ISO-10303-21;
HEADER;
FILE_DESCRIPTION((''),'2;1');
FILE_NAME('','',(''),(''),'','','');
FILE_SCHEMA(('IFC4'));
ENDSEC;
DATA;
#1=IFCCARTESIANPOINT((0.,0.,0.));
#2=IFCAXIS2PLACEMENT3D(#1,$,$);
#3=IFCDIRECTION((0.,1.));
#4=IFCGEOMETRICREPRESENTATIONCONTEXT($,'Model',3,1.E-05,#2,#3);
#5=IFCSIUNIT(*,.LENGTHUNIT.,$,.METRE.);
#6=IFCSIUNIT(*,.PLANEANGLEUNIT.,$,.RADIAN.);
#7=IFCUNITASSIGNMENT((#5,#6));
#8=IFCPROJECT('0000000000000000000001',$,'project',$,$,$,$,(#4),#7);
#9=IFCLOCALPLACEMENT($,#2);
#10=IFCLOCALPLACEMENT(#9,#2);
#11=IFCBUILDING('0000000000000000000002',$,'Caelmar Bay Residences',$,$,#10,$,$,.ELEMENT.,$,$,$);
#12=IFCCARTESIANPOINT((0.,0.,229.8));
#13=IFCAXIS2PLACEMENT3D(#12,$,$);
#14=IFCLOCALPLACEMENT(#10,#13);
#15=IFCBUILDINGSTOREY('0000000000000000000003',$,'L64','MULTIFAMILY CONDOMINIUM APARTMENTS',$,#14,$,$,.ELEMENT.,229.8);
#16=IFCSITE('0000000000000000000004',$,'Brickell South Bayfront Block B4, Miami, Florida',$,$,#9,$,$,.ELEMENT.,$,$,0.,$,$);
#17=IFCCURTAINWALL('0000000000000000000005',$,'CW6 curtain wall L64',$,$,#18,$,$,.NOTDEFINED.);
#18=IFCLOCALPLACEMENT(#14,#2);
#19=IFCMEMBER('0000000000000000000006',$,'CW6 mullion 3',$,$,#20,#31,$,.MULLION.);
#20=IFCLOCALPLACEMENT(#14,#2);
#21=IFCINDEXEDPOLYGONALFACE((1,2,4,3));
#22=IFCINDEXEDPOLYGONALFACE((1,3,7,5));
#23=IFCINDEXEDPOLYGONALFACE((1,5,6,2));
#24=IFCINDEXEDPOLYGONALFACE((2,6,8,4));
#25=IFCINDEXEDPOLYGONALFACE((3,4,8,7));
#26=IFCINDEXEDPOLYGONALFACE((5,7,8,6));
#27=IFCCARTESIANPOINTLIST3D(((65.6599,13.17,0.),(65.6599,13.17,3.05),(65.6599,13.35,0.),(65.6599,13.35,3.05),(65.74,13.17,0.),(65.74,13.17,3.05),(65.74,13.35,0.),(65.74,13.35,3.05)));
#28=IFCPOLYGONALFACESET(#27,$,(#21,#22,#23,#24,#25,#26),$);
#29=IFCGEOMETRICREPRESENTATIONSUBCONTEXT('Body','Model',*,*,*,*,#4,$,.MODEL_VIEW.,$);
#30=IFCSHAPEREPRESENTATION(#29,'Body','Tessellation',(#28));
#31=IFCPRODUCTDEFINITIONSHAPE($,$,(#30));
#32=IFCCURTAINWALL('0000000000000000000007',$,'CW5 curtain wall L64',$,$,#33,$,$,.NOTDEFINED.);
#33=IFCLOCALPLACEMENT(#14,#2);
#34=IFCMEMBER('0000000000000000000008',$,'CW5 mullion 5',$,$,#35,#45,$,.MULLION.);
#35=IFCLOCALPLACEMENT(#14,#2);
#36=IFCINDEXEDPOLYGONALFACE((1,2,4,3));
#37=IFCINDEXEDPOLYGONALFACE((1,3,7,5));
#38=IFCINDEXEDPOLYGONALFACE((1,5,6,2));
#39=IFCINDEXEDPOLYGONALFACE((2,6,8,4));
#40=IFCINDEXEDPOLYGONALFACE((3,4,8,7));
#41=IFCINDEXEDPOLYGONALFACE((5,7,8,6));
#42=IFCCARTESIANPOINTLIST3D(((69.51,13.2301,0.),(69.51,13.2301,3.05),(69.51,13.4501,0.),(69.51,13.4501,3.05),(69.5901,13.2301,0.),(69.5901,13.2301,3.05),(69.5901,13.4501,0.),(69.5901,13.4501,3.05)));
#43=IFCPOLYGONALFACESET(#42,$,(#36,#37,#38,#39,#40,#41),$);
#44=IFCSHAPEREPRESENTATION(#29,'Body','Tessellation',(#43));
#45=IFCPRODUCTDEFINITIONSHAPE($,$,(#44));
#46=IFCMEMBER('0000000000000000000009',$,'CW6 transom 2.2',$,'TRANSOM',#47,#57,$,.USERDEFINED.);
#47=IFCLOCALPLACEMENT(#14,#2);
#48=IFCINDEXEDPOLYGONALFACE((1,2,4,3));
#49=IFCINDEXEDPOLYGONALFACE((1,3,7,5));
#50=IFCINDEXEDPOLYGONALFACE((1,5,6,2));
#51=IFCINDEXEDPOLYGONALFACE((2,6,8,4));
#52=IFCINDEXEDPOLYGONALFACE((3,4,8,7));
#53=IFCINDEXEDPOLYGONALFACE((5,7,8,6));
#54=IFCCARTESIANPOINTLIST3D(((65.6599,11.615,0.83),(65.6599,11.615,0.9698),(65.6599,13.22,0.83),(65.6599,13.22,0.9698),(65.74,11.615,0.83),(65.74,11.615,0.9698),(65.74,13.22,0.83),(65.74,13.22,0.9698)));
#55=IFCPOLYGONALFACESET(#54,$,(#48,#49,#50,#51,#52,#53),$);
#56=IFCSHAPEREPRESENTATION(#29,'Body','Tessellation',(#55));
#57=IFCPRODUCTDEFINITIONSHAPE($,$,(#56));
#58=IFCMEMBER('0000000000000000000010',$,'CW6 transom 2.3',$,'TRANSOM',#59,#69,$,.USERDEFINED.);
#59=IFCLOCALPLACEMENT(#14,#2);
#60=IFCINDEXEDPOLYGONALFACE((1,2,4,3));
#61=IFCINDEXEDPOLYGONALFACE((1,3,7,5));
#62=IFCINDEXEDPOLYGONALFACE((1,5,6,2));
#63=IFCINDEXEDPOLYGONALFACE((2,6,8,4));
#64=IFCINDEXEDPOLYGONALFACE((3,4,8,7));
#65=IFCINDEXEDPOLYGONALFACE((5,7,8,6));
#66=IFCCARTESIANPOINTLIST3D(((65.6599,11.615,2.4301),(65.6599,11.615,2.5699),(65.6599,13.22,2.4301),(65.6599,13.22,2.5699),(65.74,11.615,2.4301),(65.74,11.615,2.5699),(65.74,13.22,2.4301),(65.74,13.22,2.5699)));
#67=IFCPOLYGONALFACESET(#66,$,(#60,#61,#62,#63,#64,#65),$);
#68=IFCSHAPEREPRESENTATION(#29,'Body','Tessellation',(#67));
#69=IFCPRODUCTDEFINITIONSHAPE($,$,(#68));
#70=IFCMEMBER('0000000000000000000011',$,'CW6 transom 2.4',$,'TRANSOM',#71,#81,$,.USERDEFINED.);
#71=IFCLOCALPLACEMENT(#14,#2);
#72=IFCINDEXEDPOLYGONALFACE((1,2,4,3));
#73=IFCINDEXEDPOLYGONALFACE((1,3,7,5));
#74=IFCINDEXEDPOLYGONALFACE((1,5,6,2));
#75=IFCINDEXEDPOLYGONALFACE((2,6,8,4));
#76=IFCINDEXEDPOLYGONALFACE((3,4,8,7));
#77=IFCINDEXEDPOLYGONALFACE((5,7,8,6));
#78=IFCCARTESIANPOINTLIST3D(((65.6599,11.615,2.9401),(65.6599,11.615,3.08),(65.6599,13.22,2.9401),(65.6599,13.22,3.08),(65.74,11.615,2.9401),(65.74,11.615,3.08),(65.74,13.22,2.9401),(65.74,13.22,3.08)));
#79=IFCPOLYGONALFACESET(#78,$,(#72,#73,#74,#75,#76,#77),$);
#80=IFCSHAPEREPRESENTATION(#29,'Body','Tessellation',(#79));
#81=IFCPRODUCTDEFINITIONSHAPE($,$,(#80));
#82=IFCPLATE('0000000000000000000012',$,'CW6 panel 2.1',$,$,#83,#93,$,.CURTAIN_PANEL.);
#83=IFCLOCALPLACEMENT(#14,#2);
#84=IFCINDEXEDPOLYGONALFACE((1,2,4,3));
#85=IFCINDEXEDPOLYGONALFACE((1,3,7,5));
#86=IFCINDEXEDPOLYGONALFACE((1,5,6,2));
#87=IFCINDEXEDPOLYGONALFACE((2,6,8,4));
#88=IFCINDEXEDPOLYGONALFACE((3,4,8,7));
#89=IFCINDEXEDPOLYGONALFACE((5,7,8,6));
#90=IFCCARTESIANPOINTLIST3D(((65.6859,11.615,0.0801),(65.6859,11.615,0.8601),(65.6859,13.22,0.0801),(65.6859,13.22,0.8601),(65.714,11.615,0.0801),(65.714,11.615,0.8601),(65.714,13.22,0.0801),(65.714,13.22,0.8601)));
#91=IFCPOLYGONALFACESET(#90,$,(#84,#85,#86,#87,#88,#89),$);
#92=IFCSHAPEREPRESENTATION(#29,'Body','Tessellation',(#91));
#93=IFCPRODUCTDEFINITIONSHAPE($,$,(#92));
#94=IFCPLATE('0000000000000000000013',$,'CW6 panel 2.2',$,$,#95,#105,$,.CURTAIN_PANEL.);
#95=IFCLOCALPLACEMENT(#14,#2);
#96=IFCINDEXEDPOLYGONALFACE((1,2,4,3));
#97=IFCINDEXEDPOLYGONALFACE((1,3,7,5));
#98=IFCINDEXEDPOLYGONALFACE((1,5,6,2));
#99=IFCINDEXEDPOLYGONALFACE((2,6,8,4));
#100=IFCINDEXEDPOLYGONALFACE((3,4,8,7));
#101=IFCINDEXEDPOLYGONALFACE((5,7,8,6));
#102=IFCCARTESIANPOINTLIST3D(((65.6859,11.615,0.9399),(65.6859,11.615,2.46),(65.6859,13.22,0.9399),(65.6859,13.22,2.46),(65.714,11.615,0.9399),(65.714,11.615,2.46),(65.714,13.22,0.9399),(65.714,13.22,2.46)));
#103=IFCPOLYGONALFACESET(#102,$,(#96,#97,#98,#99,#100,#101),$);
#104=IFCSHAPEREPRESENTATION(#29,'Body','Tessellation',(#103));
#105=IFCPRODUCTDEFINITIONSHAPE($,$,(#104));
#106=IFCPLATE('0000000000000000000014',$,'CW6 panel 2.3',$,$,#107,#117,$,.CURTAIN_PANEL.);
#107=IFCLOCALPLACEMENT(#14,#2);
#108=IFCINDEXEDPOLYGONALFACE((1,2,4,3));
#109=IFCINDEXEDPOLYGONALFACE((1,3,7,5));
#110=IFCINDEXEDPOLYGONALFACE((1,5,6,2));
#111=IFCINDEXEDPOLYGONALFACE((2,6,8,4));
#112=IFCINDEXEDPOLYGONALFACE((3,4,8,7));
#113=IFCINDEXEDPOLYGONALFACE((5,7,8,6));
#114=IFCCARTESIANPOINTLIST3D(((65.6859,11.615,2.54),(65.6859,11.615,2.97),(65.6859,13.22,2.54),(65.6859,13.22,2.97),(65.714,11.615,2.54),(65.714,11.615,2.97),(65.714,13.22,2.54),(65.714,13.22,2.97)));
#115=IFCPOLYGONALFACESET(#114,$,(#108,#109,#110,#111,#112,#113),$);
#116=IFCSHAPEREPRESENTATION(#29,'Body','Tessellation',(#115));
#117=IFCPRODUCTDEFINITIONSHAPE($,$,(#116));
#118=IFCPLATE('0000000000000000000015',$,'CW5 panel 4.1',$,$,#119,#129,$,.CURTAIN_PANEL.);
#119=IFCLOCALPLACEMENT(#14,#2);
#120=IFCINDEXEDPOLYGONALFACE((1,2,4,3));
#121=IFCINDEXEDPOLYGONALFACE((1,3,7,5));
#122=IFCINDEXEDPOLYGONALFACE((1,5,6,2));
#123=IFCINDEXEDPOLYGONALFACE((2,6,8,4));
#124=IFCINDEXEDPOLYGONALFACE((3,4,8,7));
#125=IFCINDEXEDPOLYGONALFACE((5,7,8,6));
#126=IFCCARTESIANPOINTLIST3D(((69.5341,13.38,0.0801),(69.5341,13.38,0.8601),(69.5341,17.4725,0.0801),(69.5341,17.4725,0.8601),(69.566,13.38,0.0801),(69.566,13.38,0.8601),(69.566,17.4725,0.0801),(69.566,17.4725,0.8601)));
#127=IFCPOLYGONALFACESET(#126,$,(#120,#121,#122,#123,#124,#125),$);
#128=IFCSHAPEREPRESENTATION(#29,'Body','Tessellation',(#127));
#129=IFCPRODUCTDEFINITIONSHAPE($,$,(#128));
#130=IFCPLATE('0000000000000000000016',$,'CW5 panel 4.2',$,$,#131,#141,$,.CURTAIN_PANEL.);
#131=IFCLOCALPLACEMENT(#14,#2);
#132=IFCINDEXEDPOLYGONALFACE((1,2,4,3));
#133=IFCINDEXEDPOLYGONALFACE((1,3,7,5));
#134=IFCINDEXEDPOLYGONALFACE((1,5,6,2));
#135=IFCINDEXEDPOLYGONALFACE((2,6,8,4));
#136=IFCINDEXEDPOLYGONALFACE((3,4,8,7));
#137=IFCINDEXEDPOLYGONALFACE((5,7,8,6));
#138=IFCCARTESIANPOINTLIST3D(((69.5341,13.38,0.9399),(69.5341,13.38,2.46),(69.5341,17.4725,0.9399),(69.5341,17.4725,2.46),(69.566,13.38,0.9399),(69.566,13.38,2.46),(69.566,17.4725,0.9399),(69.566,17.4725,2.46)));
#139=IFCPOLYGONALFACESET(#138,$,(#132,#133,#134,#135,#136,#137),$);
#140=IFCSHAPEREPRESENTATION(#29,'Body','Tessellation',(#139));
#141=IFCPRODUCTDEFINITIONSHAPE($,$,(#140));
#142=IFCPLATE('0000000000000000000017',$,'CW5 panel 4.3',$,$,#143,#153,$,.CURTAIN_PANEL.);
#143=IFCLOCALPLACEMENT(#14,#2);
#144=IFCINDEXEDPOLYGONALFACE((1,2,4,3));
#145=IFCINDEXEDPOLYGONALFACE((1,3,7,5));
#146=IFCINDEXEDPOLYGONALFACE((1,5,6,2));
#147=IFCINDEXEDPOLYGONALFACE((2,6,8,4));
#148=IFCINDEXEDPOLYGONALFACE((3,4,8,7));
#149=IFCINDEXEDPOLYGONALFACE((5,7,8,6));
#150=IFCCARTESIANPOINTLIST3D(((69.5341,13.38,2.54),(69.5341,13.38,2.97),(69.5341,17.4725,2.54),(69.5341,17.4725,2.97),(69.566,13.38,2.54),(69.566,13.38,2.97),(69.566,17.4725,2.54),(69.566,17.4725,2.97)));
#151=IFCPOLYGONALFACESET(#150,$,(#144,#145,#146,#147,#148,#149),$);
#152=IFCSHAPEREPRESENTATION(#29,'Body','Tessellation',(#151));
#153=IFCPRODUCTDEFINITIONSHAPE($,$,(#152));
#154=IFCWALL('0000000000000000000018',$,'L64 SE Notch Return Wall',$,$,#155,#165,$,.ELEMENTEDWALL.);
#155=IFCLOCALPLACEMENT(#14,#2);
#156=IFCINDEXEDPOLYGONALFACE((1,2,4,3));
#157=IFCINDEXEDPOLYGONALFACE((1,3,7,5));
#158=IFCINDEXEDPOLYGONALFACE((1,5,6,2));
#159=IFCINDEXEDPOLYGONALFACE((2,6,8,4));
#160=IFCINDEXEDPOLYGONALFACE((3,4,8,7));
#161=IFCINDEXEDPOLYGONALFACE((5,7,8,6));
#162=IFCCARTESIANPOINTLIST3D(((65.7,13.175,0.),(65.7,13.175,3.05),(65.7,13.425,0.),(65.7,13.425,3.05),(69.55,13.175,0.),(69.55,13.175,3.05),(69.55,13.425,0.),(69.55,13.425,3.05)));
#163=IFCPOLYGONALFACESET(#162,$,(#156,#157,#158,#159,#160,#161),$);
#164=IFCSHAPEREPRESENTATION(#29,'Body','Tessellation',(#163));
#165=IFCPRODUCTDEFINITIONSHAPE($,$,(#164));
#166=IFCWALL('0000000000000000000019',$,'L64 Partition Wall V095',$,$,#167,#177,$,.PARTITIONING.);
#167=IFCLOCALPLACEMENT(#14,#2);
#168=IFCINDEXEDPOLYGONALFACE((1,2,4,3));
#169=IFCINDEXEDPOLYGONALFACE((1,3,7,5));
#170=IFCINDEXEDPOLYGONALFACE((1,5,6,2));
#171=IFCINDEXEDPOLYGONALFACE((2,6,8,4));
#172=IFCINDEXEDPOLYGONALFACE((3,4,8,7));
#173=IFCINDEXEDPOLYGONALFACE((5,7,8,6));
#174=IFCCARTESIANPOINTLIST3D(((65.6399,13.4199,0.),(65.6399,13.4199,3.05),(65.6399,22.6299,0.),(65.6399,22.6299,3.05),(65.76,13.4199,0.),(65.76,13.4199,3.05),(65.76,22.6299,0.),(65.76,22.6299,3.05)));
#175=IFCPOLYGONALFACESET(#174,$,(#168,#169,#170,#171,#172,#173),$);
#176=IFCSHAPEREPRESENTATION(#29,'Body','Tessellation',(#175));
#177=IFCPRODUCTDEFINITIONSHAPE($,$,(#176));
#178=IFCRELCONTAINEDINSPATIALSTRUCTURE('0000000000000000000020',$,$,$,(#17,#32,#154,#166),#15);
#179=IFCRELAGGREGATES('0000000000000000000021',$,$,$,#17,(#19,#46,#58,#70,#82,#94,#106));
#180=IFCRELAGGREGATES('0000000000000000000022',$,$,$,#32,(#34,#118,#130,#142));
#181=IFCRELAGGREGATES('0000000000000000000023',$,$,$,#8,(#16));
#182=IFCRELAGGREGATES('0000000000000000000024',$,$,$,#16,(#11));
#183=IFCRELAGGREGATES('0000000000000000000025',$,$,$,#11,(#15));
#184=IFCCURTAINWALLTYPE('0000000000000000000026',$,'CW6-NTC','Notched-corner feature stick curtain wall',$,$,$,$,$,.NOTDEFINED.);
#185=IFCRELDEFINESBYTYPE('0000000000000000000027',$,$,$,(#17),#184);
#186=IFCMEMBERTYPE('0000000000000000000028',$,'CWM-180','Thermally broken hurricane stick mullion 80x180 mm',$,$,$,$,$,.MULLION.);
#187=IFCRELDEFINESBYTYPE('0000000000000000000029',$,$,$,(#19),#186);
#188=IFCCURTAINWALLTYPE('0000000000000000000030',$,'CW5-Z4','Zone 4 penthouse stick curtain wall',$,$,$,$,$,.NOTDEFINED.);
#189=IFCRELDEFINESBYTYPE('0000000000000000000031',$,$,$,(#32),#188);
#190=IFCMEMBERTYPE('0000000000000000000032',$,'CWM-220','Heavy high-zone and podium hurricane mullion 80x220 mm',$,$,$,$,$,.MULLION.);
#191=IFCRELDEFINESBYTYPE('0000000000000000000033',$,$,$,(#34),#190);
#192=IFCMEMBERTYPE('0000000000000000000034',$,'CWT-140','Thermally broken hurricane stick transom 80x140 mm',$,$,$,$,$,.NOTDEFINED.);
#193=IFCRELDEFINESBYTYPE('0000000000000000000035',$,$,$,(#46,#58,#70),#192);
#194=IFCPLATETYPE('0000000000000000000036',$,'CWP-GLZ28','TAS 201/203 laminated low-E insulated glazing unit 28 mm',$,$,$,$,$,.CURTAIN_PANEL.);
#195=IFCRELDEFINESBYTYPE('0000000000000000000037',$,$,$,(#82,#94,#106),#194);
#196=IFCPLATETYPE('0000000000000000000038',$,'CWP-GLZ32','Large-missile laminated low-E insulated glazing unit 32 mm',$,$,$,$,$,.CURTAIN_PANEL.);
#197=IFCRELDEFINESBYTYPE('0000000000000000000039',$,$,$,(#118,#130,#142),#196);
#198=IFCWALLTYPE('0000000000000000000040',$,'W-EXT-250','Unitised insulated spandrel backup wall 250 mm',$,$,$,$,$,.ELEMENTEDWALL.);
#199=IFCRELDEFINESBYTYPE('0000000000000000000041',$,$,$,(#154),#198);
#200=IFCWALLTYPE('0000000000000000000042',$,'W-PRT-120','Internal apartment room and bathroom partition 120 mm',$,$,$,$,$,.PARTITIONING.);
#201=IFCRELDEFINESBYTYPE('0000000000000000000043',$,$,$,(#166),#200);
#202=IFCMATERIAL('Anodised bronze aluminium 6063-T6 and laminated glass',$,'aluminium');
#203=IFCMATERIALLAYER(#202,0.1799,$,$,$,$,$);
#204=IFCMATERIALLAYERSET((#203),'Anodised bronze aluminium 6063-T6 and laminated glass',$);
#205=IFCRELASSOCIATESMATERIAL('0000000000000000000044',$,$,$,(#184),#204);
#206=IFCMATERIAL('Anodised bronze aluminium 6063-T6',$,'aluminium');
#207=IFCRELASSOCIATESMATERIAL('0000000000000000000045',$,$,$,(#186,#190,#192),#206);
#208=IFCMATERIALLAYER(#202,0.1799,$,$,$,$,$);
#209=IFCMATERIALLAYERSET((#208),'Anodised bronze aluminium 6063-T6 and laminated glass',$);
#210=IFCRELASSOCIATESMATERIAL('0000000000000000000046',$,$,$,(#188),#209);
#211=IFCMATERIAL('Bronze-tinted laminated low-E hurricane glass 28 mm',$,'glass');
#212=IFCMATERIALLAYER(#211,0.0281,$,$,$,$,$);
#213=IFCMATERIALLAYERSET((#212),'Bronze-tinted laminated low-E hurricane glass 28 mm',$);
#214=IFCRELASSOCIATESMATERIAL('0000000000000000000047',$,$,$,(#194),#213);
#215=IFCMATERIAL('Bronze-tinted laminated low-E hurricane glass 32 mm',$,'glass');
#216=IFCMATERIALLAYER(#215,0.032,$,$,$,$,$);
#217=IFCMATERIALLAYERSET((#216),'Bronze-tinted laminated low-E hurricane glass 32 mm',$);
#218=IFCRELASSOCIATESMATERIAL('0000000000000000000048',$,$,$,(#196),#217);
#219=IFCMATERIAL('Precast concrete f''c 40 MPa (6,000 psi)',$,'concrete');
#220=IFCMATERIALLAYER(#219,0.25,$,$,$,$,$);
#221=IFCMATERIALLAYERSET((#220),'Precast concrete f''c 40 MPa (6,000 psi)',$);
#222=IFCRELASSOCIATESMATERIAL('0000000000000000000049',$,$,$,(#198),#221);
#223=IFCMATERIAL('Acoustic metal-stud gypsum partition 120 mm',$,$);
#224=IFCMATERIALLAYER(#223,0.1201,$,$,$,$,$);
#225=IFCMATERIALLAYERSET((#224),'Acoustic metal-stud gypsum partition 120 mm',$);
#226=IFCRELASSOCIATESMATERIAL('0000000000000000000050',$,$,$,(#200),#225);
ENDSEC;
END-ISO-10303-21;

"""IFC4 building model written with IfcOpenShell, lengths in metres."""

from ifc_helpers import new_model, si_unit, direction, frame, frame_2d, origin, origin_2d, place, context, subcontext, project, spatial, rectangle, extrude, material, layer, layer_set, material_profile, profile_set, type_object, element, aggregate, save


model = new_model("IFC4")

# Units and contexts
model_context = context("Model", 3, precision=1e-05, world=origin(), true_north=direction((0.0, 1.0)))
body_context = subcontext(model_context, "Body", "Model", "MODEL_VIEW")
ifc_project = project(units=[si_unit("LENGTHUNIT", "METRE"), si_unit("PLANEANGLEUNIT", "RADIAN")], contexts=[model_context])

# Site, building, storey
site_placement = place(None, origin())
site = spatial("IfcSite", under=ifc_project, at=site_placement, Name="Brickell South Bayfront Block B4, Miami, Florida", CompositionType="ELEMENT", RefElevation=0.0)
building_placement = place(site_placement, origin())
building = spatial("IfcBuilding", under=site, at=building_placement, Name="Caelmar Bay Residences", CompositionType="ELEMENT")
storey_placement = place(building_placement, frame((0.0, 0.0, 229.8)))
storey = spatial("IfcBuildingStorey", under=building, at=storey_placement, Name="L64", Description="MULTIFAMILY CONDOMINIUM APARTMENTS", CompositionType="ELEMENT", Elevation=229.8)

# Curtain walls, members
ifc_material_1 = material(Name="Anodised bronze aluminium 6063-T6 and laminated glass", Category="aluminium")
ifc_layer_1 = layer(ifc_material_1, 0.1799)
ifc_layer_set_1 = layer_set([ifc_layer_1], Name="Anodised bronze aluminium 6063-T6 and laminated glass")
curtain_wall_type_1 = type_object("IfcCurtainWallType", Name="CW6-NTC", Description="Notched-corner feature stick curtain wall", PredefinedType="NOTDEFINED", material=ifc_layer_set_1)
curtain_wall_1_placement = place(storey_placement, origin())
curtain_wall_1 = element("IfcCurtainWall", 1, at=curtain_wall_1_placement, inside=storey, type_object=curtain_wall_type_1, Name="CW6 curtain wall L64", PredefinedType="NOTDEFINED")
ifc_material_2 = material(Name="Anodised bronze aluminium 6063-T6", Category="aluminium")
ifc_material_profile_1 = material_profile(ifc_material_2, rectangle(XDim=0.0801, YDim=0.1799, at=origin_2d()), Name="CWM-80X180")
ifc_profile_set_1 = profile_set([ifc_material_profile_1], Name="Anodised bronze aluminium 6063-T6")
member_type_1 = type_object("IfcMemberType", Name="CWM-180", Description="Thermally broken hurricane stick mullion 80x180 mm", PredefinedType="MULLION", material=ifc_profile_set_1)
member_1_placement = place(storey_placement, frame((65.7, 13.26, 0.0), z_axis=(0.0, 0.0, 1.0), x_axis=(-1.0, 0.0, 0.0)))
member_1 = element("IfcMember", 2, at=member_1_placement, type_object=member_type_1, Name="CW6 mullion 3", PredefinedType="MULLION", context=body_context, shape_type="SweptSolid", body=[
    extrude(rectangle(XDim=0.0801, YDim=0.1799, at=origin_2d()), origin(), (0.0, 0.0, 1.0), 3.05),
])
ifc_layer_2 = layer(ifc_material_1, 0.1799)
ifc_layer_set_2 = layer_set([ifc_layer_2], Name="Anodised bronze aluminium 6063-T6 and laminated glass")
curtain_wall_type_2 = type_object("IfcCurtainWallType", Name="CW5-Z4", Description="Zone 4 penthouse stick curtain wall", PredefinedType="NOTDEFINED", material=ifc_layer_set_2)
curtain_wall_2_placement = place(storey_placement, origin())
curtain_wall_2 = element("IfcCurtainWall", 3, at=curtain_wall_2_placement, inside=storey, type_object=curtain_wall_type_2, Name="CW5 curtain wall L64", PredefinedType="NOTDEFINED")
ifc_material_profile_2 = material_profile(ifc_material_2, rectangle(XDim=0.0801, YDim=0.22, at=origin_2d()), Name="CWM-80X220")
ifc_profile_set_2 = profile_set([ifc_material_profile_2], Name="Anodised bronze aluminium 6063-T6")
member_type_2 = type_object("IfcMemberType", Name="CWM-220", Description="Heavy high-zone and podium hurricane mullion 80x220 mm", PredefinedType="MULLION", material=ifc_profile_set_2)
member_2_placement = place(storey_placement, frame((69.55, 13.3401, 0.0), z_axis=(0.0, 0.0, 1.0), x_axis=(1.0, 0.0, 0.0)))
member_2 = element("IfcMember", 4, at=member_2_placement, type_object=member_type_2, Name="CW5 mullion 5", PredefinedType="MULLION", context=body_context, shape_type="SweptSolid", body=[
    extrude(rectangle(XDim=0.0801, YDim=0.22, at=origin_2d()), origin(), (0.0, 0.0, 1.0), 3.05),
])

# Members
ifc_material_profile_3 = material_profile(ifc_material_2, rectangle(XDim=0.0801, YDim=0.1399, at=origin_2d()), Name="CWT-80X140")
ifc_profile_set_3 = profile_set([ifc_material_profile_3], Name="Anodised bronze aluminium 6063-T6")
member_type_3 = type_object("IfcMemberType", Name="CWT-140", Description="Thermally broken hurricane stick transom 80x140 mm", PredefinedType="NOTDEFINED", material=ifc_profile_set_3)
member_3_placement = place(storey_placement, frame((65.7, 11.615, 0.8999), z_axis=(0.0, 1.0, 0.0), x_axis=(-1.0, 0.0, 0.0)))
member_3 = element("IfcMember", 5, at=member_3_placement, type_object=member_type_3, Name="CW6 transom 2.2", ObjectType="TRANSOM", PredefinedType="USERDEFINED", context=body_context, shape_type="SweptSolid", body=[
    extrude(rectangle(XDim=0.0801, YDim=0.1399, at=origin_2d()), origin(), (0.0, 0.0, 1.0), 1.605),
])
member_4_placement = place(storey_placement, frame((65.7, 11.615, 2.5), z_axis=(0.0, 1.0, 0.0), x_axis=(-1.0, 0.0, 0.0)))
member_4 = element("IfcMember", 6, at=member_4_placement, type_object=member_type_3, Name="CW6 transom 2.3", ObjectType="TRANSOM", PredefinedType="USERDEFINED", context=body_context, shape_type="SweptSolid", body=[
    extrude(rectangle(XDim=0.0801, YDim=0.1399, at=origin_2d()), origin(), (0.0, 0.0, 1.0), 1.605),
])
member_5_placement = place(storey_placement, frame((65.7, 11.615, 3.01), z_axis=(0.0, 1.0, 0.0), x_axis=(-1.0, 0.0, 0.0)))
member_5 = element("IfcMember", 7, at=member_5_placement, type_object=member_type_3, Name="CW6 transom 2.4", ObjectType="TRANSOM", PredefinedType="USERDEFINED", context=body_context, shape_type="SweptSolid", body=[
    extrude(rectangle(XDim=0.0801, YDim=0.1399, at=origin_2d()), origin(), (0.0, 0.0, 1.0), 1.605),
])

# Plates
ifc_material_3 = material(Name="Bronze-tinted laminated low-E hurricane glass 28 mm", Category="glass")
ifc_layer_3 = layer(ifc_material_3, 0.0281)
ifc_layer_set_3 = layer_set([ifc_layer_3], Name="Bronze-tinted laminated low-E hurricane glass 28 mm")
plate_type_1 = type_object("IfcPlateType", Name="CWP-GLZ28", Description="TAS 201/203 laminated low-E insulated glazing unit 28 mm", PredefinedType="CURTAIN_PANEL", material=ifc_layer_set_3)
plate_1_placement = place(storey_placement, frame((65.7, 12.4175, 0.0801), z_axis=(0.0, 0.0, 1.0), x_axis=(0.0, 1.0, 0.0)))
plate_1 = element("IfcPlate", 8, at=plate_1_placement, type_object=plate_type_1, Name="CW6 panel 2.1", PredefinedType="CURTAIN_PANEL", context=body_context, shape_type="SweptSolid", body=[
    extrude(rectangle(XDim=1.605, YDim=0.0281, at=origin_2d()), origin(), (0.0, 0.0, 1.0), 0.78),
])
plate_2_placement = place(storey_placement, frame((65.7, 12.4175, 0.9399), z_axis=(0.0, 0.0, 1.0), x_axis=(0.0, 1.0, 0.0)))
plate_2 = element("IfcPlate", 9, at=plate_2_placement, type_object=plate_type_1, Name="CW6 panel 2.2", PredefinedType="CURTAIN_PANEL", context=body_context, shape_type="SweptSolid", body=[
    extrude(rectangle(XDim=1.605, YDim=0.0281, at=origin_2d()), origin(), (0.0, 0.0, 1.0), 1.52),
])
plate_3_placement = place(storey_placement, frame((65.7, 12.4175, 2.54), z_axis=(0.0, 0.0, 1.0), x_axis=(0.0, 1.0, 0.0)))
plate_3 = element("IfcPlate", 10, at=plate_3_placement, type_object=plate_type_1, Name="CW6 panel 2.3", PredefinedType="CURTAIN_PANEL", context=body_context, shape_type="SweptSolid", body=[
    extrude(rectangle(XDim=1.605, YDim=0.0281, at=origin_2d()), origin(), (0.0, 0.0, 1.0), 0.4299),
])
aggregate(curtain_wall_1, [member_1, member_3, member_4, member_5, plate_1, plate_2, plate_3])
ifc_material_4 = material(Name="Bronze-tinted laminated low-E hurricane glass 32 mm", Category="glass")
ifc_layer_4 = layer(ifc_material_4, 0.032)
ifc_layer_set_4 = layer_set([ifc_layer_4], Name="Bronze-tinted laminated low-E hurricane glass 32 mm")
plate_type_2 = type_object("IfcPlateType", Name="CWP-GLZ32", Description="Large-missile laminated low-E insulated glazing unit 32 mm", PredefinedType="CURTAIN_PANEL", material=ifc_layer_set_4)
plate_4_placement = place(storey_placement, frame((69.55, 15.4263, 0.0801), z_axis=(0.0, 0.0, 1.0), x_axis=(0.0, -1.0, 0.0)))
plate_4 = element("IfcPlate", 11, at=plate_4_placement, type_object=plate_type_2, Name="CW5 panel 4.1", PredefinedType="CURTAIN_PANEL", context=body_context, shape_type="SweptSolid", body=[
    extrude(rectangle(XDim=4.0925, YDim=0.032, at=origin_2d()), origin(), (0.0, 0.0, 1.0), 0.78),
])
plate_5_placement = place(storey_placement, frame((69.55, 15.4263, 0.9399), z_axis=(0.0, 0.0, 1.0), x_axis=(0.0, -1.0, 0.0)))
plate_5 = element("IfcPlate", 12, at=plate_5_placement, type_object=plate_type_2, Name="CW5 panel 4.2", PredefinedType="CURTAIN_PANEL", context=body_context, shape_type="SweptSolid", body=[
    extrude(rectangle(XDim=4.0925, YDim=0.032, at=origin_2d()), origin(), (0.0, 0.0, 1.0), 1.52),
])
plate_6_placement = place(storey_placement, frame((69.55, 15.4263, 2.54), z_axis=(0.0, 0.0, 1.0), x_axis=(0.0, -1.0, 0.0)))
plate_6 = element("IfcPlate", 13, at=plate_6_placement, type_object=plate_type_2, Name="CW5 panel 4.3", PredefinedType="CURTAIN_PANEL", context=body_context, shape_type="SweptSolid", body=[
    extrude(rectangle(XDim=4.0925, YDim=0.032, at=origin_2d()), origin(), (0.0, 0.0, 1.0), 0.4299),
])
aggregate(curtain_wall_2, [member_2, plate_4, plate_5, plate_6])

# Walls
ifc_material_5 = material(Name="Precast concrete f'c 40 MPa (6,000 psi)", Category="concrete")
ifc_layer_5 = layer(ifc_material_5, 0.25)
ifc_layer_set_5 = layer_set([ifc_layer_5], Name="Precast concrete f'c 40 MPa (6,000 psi)")
wall_type_1 = type_object("IfcWallType", Name="W-EXT-250", Description="Unitised insulated spandrel backup wall 250 mm", PredefinedType="ELEMENTEDWALL", material=ifc_layer_set_5)
wall_1_placement = place(storey_placement, frame((65.7, 13.3, 0.0), z_axis=(0.0, 0.0, 1.0), x_axis=(1.0, 0.0, 0.0)))
element("IfcWall", 14, at=wall_1_placement, inside=storey, type_object=wall_type_1, Name="L64 SE Notch Return Wall", PredefinedType="ELEMENTEDWALL", context=body_context, shape_type="SweptSolid", body=[
    extrude(rectangle(XDim=3.8501, YDim=0.25, at=frame_2d((1.925, 0.0))), origin(), (0.0, 0.0, 1.0), 3.05),
])
ifc_material_6 = material(Name="Acoustic metal-stud gypsum partition 120 mm")
ifc_layer_6 = layer(ifc_material_6, 0.1201)
ifc_layer_set_6 = layer_set([ifc_layer_6], Name="Acoustic metal-stud gypsum partition 120 mm")
wall_type_2 = type_object("IfcWallType", Name="W-PRT-120", Description="Internal apartment room and bathroom partition 120 mm", PredefinedType="PARTITIONING", material=ifc_layer_set_6)
wall_2_placement = place(storey_placement, frame((65.7, 13.4199, 0.0), z_axis=(0.0, 0.0, 1.0), x_axis=(0.0, 1.0, 0.0)))
element("IfcWall", 15, at=wall_2_placement, inside=storey, type_object=wall_type_2, Name="L64 Partition Wall V095", PredefinedType="PARTITIONING", context=body_context, shape_type="SweptSolid", body=[
    extrude(rectangle(XDim=9.21, YDim=0.1201, at=frame_2d((4.605, 0.0))), origin(), (0.0, 0.0, 1.0), 3.05),
])

save(model, "model.ifc")
